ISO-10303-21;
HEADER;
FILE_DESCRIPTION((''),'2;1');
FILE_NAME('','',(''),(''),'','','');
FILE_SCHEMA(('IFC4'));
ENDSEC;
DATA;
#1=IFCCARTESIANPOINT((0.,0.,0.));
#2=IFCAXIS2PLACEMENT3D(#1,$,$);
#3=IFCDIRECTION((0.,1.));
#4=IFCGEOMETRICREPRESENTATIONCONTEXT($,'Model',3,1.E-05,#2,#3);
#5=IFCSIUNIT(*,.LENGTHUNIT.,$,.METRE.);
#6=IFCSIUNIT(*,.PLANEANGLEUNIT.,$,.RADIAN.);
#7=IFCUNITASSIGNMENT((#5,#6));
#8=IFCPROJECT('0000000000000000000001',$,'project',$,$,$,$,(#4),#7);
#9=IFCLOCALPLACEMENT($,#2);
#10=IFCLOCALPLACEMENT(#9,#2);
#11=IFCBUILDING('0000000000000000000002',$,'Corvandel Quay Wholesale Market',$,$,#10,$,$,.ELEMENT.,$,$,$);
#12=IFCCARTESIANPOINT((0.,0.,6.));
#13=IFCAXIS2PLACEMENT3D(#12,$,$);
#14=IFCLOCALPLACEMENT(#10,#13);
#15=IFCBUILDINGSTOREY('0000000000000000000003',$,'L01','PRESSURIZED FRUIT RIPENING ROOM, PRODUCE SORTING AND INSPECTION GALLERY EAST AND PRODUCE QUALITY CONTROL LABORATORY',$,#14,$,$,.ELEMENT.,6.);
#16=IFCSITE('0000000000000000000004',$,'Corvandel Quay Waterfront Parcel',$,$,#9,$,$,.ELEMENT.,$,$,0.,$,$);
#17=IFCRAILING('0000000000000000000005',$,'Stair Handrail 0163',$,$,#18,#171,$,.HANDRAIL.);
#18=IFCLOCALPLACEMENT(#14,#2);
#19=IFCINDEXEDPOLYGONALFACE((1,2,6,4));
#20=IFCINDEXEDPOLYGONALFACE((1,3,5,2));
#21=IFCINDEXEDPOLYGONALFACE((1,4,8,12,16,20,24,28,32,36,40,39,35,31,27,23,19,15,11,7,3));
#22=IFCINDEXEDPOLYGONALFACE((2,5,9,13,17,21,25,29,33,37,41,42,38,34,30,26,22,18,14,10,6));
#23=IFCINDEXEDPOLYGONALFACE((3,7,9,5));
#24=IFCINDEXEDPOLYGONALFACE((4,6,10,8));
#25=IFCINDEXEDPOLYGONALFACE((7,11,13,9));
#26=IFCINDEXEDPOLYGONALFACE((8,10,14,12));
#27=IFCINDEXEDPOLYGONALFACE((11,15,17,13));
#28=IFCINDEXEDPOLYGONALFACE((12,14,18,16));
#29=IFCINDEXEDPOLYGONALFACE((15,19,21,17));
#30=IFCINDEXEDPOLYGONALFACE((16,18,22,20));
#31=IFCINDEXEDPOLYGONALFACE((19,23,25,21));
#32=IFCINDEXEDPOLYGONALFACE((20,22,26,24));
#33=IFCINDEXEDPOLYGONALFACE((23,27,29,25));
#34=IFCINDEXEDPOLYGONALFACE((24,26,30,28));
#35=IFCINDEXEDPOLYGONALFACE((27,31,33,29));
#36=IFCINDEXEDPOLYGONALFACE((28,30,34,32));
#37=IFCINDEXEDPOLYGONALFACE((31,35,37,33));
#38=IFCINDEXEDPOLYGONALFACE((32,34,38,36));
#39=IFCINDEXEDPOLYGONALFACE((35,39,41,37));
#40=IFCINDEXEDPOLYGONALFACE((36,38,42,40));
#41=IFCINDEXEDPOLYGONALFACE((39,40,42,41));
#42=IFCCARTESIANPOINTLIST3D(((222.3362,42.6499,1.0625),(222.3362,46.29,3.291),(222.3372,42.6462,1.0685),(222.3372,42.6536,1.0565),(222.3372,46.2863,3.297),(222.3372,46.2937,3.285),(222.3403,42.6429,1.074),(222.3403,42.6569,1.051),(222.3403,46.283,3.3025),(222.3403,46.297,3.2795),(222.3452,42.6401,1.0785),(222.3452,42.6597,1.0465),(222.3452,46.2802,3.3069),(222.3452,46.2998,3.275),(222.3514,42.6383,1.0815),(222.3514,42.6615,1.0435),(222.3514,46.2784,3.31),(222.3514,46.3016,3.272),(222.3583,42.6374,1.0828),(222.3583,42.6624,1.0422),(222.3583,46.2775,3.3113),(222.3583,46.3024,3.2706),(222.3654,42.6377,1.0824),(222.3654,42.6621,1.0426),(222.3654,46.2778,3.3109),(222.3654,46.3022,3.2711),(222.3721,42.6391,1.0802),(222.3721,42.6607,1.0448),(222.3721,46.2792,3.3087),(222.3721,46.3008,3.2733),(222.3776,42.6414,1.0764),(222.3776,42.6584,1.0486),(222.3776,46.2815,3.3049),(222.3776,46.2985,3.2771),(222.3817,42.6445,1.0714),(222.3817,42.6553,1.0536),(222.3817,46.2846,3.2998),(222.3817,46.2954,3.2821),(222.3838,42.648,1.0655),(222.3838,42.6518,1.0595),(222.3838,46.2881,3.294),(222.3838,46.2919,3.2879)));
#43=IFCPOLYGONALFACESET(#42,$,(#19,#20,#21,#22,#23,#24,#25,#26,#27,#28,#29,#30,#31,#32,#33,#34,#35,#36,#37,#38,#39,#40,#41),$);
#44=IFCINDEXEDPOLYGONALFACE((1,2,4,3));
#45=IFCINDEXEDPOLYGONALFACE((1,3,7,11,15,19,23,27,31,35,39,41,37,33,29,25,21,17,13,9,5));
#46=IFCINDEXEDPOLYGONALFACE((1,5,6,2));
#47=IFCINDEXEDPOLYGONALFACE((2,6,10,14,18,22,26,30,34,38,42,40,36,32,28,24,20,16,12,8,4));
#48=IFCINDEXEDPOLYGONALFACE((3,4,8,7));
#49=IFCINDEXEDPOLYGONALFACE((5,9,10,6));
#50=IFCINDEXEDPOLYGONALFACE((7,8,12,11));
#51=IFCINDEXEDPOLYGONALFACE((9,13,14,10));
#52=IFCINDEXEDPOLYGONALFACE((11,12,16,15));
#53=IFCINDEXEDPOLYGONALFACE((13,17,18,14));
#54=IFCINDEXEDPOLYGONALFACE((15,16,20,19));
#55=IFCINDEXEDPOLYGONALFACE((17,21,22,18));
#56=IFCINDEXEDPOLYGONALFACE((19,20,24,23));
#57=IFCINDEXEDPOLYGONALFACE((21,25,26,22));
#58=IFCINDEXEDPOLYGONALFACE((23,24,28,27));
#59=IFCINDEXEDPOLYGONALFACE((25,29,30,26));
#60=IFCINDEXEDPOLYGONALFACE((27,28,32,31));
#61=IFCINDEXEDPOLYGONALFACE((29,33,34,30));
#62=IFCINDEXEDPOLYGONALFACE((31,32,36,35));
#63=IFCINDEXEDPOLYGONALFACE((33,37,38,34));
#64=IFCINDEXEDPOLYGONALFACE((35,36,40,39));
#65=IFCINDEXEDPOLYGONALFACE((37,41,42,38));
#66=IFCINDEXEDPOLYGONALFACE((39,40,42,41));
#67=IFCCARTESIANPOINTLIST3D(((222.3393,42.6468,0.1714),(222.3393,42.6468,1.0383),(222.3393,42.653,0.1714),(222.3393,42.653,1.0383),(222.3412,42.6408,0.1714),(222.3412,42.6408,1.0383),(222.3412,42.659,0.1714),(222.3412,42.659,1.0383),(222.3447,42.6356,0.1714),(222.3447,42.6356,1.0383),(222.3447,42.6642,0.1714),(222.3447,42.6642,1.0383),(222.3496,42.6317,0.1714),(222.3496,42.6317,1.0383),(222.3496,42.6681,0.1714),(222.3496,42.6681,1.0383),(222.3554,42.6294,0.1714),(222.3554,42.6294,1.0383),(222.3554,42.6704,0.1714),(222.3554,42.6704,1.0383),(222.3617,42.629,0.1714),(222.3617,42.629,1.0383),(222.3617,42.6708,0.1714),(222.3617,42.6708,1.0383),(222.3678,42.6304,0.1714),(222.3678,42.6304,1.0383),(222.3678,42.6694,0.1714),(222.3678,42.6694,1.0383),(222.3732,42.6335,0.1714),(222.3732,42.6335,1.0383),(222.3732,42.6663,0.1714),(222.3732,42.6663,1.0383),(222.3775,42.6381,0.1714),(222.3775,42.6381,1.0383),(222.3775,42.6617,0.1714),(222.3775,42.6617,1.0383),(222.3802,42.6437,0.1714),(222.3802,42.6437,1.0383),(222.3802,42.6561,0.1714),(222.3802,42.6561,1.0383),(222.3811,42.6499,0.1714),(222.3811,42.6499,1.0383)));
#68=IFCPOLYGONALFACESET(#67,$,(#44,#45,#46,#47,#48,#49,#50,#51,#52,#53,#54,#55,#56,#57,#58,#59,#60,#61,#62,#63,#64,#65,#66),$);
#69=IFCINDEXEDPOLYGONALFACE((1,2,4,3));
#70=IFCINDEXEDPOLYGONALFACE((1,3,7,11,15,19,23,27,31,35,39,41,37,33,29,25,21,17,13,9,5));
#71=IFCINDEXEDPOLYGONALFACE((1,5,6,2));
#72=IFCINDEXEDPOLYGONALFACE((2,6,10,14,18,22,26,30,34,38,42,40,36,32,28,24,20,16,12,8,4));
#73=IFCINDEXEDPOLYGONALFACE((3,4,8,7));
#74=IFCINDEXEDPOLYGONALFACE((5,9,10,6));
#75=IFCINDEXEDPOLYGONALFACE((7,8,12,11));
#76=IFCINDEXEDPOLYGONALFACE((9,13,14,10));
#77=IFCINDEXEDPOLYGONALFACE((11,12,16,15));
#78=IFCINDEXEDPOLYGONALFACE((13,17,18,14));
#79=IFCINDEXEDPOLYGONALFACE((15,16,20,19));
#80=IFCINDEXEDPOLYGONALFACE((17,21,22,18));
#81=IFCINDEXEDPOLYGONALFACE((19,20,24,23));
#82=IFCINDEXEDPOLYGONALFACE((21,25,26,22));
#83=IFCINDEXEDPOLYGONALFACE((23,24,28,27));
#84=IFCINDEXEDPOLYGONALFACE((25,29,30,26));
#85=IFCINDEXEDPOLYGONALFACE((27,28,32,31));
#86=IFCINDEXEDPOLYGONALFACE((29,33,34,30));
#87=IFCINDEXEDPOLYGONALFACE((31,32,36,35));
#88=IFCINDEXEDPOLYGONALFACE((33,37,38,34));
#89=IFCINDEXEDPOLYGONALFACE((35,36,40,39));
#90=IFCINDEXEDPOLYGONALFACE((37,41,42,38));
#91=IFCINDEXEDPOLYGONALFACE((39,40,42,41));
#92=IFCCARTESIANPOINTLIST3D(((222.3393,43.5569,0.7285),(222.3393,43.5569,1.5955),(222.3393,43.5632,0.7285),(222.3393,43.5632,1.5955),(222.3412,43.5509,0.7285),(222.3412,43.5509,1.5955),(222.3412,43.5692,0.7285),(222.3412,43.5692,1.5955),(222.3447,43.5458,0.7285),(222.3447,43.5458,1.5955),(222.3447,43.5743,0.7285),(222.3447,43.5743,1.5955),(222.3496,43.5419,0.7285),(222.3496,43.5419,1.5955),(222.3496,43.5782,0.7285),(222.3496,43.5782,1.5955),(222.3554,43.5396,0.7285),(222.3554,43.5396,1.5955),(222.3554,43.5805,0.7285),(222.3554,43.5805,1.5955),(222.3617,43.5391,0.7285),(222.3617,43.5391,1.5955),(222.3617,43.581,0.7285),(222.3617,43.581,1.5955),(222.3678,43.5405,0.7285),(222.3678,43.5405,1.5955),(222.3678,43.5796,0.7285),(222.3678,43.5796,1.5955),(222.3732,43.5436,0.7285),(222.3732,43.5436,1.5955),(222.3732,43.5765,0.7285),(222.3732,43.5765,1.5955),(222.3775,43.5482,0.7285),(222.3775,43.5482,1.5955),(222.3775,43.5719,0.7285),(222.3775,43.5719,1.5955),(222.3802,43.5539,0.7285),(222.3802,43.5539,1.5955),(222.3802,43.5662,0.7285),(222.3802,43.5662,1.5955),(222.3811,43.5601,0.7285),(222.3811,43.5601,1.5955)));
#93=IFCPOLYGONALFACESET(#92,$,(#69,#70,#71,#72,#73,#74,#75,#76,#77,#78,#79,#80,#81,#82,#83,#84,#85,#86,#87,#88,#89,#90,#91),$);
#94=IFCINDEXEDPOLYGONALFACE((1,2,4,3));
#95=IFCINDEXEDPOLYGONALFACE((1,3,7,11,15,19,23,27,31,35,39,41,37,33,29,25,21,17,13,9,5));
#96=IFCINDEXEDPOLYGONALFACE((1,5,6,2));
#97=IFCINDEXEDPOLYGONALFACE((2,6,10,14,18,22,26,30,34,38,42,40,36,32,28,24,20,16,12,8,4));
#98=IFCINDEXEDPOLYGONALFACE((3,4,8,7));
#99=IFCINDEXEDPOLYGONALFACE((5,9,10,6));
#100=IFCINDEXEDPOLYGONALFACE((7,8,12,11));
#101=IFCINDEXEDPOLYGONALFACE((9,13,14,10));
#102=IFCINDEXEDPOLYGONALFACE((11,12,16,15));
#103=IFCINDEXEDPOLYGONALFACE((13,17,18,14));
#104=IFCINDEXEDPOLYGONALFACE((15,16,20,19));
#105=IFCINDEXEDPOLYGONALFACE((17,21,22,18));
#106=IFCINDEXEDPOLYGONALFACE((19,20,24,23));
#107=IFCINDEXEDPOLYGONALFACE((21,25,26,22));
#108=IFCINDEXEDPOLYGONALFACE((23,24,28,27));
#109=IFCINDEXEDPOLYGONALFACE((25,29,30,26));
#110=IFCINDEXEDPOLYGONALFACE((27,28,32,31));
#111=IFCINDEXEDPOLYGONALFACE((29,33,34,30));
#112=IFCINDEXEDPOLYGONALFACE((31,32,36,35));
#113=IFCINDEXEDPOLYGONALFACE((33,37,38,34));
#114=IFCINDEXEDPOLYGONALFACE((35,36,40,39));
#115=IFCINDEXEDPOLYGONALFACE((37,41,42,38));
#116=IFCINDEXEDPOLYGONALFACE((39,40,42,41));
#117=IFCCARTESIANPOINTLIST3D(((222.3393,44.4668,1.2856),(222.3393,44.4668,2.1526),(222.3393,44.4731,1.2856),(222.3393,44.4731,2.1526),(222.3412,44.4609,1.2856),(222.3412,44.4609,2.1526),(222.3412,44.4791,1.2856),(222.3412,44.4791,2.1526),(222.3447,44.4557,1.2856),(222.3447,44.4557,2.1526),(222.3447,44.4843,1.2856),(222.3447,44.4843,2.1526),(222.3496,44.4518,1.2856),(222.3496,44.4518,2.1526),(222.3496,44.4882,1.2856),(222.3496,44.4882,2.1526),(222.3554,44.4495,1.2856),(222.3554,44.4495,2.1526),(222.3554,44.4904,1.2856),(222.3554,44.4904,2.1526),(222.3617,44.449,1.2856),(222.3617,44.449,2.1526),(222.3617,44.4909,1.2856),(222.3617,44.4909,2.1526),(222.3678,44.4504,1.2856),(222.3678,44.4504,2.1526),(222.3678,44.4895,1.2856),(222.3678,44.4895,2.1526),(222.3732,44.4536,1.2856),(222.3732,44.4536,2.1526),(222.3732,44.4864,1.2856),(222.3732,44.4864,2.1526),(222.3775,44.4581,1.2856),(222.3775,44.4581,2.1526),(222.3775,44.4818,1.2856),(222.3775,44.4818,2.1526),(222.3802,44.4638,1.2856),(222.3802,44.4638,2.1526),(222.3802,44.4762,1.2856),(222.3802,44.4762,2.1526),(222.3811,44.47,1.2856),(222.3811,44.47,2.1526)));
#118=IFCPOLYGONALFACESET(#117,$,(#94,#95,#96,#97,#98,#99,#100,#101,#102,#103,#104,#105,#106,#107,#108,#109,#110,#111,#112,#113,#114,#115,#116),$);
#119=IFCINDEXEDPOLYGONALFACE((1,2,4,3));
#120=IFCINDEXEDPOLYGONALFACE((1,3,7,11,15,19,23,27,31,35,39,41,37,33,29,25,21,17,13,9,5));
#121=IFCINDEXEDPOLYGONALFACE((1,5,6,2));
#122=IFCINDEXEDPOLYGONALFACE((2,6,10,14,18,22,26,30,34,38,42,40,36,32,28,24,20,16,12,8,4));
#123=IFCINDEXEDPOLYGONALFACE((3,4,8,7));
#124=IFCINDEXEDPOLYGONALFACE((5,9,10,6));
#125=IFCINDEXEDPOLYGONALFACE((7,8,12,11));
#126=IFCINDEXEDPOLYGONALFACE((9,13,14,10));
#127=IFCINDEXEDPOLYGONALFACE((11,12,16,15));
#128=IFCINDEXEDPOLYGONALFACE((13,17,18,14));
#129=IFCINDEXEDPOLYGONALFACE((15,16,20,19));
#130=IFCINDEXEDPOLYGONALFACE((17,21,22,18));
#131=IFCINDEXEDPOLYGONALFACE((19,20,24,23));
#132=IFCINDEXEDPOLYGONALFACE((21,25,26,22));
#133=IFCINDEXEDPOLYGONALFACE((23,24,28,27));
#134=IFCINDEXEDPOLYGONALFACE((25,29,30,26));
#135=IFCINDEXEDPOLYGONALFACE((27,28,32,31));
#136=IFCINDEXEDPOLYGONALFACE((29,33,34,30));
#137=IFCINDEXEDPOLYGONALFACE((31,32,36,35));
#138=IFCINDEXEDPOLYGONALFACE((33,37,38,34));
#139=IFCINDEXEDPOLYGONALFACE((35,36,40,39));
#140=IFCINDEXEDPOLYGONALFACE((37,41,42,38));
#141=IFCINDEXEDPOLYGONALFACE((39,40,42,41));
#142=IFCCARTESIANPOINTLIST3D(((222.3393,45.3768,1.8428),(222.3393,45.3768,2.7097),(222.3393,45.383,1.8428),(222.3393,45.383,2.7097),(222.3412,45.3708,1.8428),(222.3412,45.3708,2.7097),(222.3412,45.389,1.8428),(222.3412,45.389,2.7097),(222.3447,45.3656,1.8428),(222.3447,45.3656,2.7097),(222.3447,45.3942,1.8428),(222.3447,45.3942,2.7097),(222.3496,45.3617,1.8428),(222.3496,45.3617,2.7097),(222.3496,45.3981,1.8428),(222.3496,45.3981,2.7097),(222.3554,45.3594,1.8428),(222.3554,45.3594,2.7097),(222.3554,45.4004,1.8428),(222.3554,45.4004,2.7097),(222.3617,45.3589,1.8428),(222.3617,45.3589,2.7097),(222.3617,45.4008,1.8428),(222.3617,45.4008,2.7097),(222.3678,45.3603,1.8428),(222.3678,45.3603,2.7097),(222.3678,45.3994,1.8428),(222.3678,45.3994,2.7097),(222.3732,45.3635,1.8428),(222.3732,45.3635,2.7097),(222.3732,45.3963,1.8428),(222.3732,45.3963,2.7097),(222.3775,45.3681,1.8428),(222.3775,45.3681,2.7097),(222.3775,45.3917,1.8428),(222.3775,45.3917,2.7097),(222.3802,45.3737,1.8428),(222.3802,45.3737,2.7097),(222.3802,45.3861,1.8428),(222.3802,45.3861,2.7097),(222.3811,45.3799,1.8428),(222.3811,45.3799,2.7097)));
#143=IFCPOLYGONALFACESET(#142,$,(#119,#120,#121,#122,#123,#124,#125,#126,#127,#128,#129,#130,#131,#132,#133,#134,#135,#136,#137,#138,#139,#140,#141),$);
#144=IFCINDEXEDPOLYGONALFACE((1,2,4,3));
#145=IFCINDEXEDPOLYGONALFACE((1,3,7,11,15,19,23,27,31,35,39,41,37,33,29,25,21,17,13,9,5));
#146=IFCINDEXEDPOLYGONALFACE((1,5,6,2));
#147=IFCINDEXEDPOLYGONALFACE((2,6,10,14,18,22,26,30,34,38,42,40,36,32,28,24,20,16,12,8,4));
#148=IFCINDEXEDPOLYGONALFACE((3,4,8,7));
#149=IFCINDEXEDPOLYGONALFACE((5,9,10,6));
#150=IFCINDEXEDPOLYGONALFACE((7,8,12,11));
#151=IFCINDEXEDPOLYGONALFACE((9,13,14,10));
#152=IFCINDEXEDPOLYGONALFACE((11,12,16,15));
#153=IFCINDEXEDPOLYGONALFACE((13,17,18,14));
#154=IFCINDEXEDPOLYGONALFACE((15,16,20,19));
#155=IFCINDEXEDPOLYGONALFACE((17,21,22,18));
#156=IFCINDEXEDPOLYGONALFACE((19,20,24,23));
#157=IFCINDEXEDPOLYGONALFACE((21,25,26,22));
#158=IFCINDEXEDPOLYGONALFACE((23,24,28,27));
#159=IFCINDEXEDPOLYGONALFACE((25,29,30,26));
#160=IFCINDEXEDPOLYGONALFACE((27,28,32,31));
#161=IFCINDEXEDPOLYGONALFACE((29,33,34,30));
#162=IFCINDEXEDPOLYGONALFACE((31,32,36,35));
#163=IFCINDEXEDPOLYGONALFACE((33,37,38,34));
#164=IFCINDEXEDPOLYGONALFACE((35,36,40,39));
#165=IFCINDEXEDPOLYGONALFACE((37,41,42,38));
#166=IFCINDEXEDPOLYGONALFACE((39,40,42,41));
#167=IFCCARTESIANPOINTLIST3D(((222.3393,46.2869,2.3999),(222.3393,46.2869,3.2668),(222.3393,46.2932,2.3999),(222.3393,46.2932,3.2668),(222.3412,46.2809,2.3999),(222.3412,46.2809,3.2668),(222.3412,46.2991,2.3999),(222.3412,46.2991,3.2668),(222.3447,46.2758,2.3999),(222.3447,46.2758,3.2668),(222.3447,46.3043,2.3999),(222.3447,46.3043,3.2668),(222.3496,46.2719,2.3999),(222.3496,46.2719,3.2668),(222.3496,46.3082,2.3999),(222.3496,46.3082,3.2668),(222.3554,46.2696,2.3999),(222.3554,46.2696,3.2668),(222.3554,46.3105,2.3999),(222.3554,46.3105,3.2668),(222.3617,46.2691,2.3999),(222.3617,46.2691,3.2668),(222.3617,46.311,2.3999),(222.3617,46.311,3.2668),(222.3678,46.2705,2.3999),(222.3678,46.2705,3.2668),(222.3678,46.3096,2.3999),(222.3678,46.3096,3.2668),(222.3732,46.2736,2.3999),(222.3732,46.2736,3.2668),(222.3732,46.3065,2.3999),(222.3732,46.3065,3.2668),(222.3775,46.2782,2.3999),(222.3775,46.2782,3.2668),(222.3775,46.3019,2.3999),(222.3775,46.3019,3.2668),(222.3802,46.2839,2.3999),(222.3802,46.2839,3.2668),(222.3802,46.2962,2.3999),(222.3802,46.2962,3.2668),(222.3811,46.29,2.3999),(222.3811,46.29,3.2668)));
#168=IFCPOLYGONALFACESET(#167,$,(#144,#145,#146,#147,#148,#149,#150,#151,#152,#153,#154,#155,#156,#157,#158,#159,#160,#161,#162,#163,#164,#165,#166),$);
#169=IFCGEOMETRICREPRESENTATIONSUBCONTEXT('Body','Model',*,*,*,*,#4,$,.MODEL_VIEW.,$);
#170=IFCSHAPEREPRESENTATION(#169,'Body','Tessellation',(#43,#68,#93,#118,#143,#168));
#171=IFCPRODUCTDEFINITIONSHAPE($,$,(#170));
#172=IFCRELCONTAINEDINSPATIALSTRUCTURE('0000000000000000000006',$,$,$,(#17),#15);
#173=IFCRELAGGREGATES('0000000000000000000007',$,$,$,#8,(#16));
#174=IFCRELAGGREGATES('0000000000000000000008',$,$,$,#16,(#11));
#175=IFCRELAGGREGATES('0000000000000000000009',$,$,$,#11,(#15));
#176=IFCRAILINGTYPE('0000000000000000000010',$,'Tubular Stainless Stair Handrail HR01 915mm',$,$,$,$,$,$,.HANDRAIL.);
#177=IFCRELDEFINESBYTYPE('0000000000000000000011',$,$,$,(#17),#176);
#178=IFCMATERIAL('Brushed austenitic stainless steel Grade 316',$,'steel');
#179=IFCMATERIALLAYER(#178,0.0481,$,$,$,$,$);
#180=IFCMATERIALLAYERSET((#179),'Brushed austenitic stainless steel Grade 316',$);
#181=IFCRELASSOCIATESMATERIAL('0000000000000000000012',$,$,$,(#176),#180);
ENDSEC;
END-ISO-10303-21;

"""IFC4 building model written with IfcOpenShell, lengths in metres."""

from ifc_helpers import new_model, si_unit, direction, frame, origin, origin_2d, place, context, subcontext, project, spatial, circle, extrude, material, layer, layer_set, type_object, element, save


model = new_model("IFC4")

# Units and contexts
model_context = context("Model", 3, precision=1e-05, world=origin(), true_north=direction((0.0, 1.0)))
body_context = subcontext(model_context, "Body", "Model", "MODEL_VIEW")
ifc_project = project(units=[si_unit("LENGTHUNIT", "METRE"), si_unit("PLANEANGLEUNIT", "RADIAN")], contexts=[model_context])

# Site, building, storey
site_placement = place(None, origin())
site = spatial("IfcSite", under=ifc_project, at=site_placement, Name="Corvandel Quay Waterfront Parcel", CompositionType="ELEMENT", RefElevation=0.0)
building_placement = place(site_placement, origin())
building = spatial("IfcBuilding", under=site, at=building_placement, Name="Corvandel Quay Wholesale Market", CompositionType="ELEMENT")
storey_placement = place(building_placement, frame((0.0, 0.0, 6.0)))
storey = spatial("IfcBuildingStorey", under=building, at=storey_placement, Name="L01", Description="PRESSURIZED FRUIT RIPENING ROOM, PRODUCE SORTING AND INSPECTION GALLERY EAST AND PRODUCE QUALITY CONTROL LABORATORY", CompositionType="ELEMENT", Elevation=6.0)

# Railing
ifc_material_1 = material(Name="Brushed austenitic stainless steel Grade 316", Category="steel")
ifc_layer_1 = layer(ifc_material_1, 0.0481)
ifc_layer_set_1 = layer_set([ifc_layer_1], Name="Brushed austenitic stainless steel Grade 316")
railing_type_1 = type_object("IfcRailingType", Name="Tubular Stainless Stair Handrail HR01 915mm", PredefinedType="HANDRAIL", material=ifc_layer_set_1)
for number, where, name in (
    (1, (222.3601, 42.6499, 0.1714), "Stair Handrail 0163"),
):
    element("IfcRailing", number, at=place(storey_placement, frame(where)), inside=storey, type_object=railing_type_1, Name=name, PredefinedType="HANDRAIL", context=body_context, shape_type="SweptSolid", body=[
        extrude(circle(Radius=0.0239, at=origin_2d()), frame((0.0, 0.0, 0.8911), z_axis=(0.0, 0.852866, 0.52213), x_axis=(-1.0, 0.0, 0.0)), (0.0, 0.0, 1.0), 4.2681),
        extrude(circle(Radius=0.021, at=origin_2d()), origin(), (0.0, 0.0, 1.0), 0.8669),
        extrude(circle(Radius=0.021, at=origin_2d()), frame((0.0, 0.9102, 0.5571)), (0.0, 0.0, 1.0), 0.8669),
        extrude(circle(Radius=0.021, at=origin_2d()), frame((0.0, 1.8201, 1.1143)), (0.0, 0.0, 1.0), 0.8669),
        extrude(circle(Radius=0.021, at=origin_2d()), frame((0.0, 2.73, 1.6714)), (0.0, 0.0, 1.0), 0.8669),
        extrude(circle(Radius=0.021, at=origin_2d()), frame((0.0, 3.6401, 2.2285)), (0.0, 0.0, 1.0), 0.8669),
    ])

save(model, "model.ifc")
